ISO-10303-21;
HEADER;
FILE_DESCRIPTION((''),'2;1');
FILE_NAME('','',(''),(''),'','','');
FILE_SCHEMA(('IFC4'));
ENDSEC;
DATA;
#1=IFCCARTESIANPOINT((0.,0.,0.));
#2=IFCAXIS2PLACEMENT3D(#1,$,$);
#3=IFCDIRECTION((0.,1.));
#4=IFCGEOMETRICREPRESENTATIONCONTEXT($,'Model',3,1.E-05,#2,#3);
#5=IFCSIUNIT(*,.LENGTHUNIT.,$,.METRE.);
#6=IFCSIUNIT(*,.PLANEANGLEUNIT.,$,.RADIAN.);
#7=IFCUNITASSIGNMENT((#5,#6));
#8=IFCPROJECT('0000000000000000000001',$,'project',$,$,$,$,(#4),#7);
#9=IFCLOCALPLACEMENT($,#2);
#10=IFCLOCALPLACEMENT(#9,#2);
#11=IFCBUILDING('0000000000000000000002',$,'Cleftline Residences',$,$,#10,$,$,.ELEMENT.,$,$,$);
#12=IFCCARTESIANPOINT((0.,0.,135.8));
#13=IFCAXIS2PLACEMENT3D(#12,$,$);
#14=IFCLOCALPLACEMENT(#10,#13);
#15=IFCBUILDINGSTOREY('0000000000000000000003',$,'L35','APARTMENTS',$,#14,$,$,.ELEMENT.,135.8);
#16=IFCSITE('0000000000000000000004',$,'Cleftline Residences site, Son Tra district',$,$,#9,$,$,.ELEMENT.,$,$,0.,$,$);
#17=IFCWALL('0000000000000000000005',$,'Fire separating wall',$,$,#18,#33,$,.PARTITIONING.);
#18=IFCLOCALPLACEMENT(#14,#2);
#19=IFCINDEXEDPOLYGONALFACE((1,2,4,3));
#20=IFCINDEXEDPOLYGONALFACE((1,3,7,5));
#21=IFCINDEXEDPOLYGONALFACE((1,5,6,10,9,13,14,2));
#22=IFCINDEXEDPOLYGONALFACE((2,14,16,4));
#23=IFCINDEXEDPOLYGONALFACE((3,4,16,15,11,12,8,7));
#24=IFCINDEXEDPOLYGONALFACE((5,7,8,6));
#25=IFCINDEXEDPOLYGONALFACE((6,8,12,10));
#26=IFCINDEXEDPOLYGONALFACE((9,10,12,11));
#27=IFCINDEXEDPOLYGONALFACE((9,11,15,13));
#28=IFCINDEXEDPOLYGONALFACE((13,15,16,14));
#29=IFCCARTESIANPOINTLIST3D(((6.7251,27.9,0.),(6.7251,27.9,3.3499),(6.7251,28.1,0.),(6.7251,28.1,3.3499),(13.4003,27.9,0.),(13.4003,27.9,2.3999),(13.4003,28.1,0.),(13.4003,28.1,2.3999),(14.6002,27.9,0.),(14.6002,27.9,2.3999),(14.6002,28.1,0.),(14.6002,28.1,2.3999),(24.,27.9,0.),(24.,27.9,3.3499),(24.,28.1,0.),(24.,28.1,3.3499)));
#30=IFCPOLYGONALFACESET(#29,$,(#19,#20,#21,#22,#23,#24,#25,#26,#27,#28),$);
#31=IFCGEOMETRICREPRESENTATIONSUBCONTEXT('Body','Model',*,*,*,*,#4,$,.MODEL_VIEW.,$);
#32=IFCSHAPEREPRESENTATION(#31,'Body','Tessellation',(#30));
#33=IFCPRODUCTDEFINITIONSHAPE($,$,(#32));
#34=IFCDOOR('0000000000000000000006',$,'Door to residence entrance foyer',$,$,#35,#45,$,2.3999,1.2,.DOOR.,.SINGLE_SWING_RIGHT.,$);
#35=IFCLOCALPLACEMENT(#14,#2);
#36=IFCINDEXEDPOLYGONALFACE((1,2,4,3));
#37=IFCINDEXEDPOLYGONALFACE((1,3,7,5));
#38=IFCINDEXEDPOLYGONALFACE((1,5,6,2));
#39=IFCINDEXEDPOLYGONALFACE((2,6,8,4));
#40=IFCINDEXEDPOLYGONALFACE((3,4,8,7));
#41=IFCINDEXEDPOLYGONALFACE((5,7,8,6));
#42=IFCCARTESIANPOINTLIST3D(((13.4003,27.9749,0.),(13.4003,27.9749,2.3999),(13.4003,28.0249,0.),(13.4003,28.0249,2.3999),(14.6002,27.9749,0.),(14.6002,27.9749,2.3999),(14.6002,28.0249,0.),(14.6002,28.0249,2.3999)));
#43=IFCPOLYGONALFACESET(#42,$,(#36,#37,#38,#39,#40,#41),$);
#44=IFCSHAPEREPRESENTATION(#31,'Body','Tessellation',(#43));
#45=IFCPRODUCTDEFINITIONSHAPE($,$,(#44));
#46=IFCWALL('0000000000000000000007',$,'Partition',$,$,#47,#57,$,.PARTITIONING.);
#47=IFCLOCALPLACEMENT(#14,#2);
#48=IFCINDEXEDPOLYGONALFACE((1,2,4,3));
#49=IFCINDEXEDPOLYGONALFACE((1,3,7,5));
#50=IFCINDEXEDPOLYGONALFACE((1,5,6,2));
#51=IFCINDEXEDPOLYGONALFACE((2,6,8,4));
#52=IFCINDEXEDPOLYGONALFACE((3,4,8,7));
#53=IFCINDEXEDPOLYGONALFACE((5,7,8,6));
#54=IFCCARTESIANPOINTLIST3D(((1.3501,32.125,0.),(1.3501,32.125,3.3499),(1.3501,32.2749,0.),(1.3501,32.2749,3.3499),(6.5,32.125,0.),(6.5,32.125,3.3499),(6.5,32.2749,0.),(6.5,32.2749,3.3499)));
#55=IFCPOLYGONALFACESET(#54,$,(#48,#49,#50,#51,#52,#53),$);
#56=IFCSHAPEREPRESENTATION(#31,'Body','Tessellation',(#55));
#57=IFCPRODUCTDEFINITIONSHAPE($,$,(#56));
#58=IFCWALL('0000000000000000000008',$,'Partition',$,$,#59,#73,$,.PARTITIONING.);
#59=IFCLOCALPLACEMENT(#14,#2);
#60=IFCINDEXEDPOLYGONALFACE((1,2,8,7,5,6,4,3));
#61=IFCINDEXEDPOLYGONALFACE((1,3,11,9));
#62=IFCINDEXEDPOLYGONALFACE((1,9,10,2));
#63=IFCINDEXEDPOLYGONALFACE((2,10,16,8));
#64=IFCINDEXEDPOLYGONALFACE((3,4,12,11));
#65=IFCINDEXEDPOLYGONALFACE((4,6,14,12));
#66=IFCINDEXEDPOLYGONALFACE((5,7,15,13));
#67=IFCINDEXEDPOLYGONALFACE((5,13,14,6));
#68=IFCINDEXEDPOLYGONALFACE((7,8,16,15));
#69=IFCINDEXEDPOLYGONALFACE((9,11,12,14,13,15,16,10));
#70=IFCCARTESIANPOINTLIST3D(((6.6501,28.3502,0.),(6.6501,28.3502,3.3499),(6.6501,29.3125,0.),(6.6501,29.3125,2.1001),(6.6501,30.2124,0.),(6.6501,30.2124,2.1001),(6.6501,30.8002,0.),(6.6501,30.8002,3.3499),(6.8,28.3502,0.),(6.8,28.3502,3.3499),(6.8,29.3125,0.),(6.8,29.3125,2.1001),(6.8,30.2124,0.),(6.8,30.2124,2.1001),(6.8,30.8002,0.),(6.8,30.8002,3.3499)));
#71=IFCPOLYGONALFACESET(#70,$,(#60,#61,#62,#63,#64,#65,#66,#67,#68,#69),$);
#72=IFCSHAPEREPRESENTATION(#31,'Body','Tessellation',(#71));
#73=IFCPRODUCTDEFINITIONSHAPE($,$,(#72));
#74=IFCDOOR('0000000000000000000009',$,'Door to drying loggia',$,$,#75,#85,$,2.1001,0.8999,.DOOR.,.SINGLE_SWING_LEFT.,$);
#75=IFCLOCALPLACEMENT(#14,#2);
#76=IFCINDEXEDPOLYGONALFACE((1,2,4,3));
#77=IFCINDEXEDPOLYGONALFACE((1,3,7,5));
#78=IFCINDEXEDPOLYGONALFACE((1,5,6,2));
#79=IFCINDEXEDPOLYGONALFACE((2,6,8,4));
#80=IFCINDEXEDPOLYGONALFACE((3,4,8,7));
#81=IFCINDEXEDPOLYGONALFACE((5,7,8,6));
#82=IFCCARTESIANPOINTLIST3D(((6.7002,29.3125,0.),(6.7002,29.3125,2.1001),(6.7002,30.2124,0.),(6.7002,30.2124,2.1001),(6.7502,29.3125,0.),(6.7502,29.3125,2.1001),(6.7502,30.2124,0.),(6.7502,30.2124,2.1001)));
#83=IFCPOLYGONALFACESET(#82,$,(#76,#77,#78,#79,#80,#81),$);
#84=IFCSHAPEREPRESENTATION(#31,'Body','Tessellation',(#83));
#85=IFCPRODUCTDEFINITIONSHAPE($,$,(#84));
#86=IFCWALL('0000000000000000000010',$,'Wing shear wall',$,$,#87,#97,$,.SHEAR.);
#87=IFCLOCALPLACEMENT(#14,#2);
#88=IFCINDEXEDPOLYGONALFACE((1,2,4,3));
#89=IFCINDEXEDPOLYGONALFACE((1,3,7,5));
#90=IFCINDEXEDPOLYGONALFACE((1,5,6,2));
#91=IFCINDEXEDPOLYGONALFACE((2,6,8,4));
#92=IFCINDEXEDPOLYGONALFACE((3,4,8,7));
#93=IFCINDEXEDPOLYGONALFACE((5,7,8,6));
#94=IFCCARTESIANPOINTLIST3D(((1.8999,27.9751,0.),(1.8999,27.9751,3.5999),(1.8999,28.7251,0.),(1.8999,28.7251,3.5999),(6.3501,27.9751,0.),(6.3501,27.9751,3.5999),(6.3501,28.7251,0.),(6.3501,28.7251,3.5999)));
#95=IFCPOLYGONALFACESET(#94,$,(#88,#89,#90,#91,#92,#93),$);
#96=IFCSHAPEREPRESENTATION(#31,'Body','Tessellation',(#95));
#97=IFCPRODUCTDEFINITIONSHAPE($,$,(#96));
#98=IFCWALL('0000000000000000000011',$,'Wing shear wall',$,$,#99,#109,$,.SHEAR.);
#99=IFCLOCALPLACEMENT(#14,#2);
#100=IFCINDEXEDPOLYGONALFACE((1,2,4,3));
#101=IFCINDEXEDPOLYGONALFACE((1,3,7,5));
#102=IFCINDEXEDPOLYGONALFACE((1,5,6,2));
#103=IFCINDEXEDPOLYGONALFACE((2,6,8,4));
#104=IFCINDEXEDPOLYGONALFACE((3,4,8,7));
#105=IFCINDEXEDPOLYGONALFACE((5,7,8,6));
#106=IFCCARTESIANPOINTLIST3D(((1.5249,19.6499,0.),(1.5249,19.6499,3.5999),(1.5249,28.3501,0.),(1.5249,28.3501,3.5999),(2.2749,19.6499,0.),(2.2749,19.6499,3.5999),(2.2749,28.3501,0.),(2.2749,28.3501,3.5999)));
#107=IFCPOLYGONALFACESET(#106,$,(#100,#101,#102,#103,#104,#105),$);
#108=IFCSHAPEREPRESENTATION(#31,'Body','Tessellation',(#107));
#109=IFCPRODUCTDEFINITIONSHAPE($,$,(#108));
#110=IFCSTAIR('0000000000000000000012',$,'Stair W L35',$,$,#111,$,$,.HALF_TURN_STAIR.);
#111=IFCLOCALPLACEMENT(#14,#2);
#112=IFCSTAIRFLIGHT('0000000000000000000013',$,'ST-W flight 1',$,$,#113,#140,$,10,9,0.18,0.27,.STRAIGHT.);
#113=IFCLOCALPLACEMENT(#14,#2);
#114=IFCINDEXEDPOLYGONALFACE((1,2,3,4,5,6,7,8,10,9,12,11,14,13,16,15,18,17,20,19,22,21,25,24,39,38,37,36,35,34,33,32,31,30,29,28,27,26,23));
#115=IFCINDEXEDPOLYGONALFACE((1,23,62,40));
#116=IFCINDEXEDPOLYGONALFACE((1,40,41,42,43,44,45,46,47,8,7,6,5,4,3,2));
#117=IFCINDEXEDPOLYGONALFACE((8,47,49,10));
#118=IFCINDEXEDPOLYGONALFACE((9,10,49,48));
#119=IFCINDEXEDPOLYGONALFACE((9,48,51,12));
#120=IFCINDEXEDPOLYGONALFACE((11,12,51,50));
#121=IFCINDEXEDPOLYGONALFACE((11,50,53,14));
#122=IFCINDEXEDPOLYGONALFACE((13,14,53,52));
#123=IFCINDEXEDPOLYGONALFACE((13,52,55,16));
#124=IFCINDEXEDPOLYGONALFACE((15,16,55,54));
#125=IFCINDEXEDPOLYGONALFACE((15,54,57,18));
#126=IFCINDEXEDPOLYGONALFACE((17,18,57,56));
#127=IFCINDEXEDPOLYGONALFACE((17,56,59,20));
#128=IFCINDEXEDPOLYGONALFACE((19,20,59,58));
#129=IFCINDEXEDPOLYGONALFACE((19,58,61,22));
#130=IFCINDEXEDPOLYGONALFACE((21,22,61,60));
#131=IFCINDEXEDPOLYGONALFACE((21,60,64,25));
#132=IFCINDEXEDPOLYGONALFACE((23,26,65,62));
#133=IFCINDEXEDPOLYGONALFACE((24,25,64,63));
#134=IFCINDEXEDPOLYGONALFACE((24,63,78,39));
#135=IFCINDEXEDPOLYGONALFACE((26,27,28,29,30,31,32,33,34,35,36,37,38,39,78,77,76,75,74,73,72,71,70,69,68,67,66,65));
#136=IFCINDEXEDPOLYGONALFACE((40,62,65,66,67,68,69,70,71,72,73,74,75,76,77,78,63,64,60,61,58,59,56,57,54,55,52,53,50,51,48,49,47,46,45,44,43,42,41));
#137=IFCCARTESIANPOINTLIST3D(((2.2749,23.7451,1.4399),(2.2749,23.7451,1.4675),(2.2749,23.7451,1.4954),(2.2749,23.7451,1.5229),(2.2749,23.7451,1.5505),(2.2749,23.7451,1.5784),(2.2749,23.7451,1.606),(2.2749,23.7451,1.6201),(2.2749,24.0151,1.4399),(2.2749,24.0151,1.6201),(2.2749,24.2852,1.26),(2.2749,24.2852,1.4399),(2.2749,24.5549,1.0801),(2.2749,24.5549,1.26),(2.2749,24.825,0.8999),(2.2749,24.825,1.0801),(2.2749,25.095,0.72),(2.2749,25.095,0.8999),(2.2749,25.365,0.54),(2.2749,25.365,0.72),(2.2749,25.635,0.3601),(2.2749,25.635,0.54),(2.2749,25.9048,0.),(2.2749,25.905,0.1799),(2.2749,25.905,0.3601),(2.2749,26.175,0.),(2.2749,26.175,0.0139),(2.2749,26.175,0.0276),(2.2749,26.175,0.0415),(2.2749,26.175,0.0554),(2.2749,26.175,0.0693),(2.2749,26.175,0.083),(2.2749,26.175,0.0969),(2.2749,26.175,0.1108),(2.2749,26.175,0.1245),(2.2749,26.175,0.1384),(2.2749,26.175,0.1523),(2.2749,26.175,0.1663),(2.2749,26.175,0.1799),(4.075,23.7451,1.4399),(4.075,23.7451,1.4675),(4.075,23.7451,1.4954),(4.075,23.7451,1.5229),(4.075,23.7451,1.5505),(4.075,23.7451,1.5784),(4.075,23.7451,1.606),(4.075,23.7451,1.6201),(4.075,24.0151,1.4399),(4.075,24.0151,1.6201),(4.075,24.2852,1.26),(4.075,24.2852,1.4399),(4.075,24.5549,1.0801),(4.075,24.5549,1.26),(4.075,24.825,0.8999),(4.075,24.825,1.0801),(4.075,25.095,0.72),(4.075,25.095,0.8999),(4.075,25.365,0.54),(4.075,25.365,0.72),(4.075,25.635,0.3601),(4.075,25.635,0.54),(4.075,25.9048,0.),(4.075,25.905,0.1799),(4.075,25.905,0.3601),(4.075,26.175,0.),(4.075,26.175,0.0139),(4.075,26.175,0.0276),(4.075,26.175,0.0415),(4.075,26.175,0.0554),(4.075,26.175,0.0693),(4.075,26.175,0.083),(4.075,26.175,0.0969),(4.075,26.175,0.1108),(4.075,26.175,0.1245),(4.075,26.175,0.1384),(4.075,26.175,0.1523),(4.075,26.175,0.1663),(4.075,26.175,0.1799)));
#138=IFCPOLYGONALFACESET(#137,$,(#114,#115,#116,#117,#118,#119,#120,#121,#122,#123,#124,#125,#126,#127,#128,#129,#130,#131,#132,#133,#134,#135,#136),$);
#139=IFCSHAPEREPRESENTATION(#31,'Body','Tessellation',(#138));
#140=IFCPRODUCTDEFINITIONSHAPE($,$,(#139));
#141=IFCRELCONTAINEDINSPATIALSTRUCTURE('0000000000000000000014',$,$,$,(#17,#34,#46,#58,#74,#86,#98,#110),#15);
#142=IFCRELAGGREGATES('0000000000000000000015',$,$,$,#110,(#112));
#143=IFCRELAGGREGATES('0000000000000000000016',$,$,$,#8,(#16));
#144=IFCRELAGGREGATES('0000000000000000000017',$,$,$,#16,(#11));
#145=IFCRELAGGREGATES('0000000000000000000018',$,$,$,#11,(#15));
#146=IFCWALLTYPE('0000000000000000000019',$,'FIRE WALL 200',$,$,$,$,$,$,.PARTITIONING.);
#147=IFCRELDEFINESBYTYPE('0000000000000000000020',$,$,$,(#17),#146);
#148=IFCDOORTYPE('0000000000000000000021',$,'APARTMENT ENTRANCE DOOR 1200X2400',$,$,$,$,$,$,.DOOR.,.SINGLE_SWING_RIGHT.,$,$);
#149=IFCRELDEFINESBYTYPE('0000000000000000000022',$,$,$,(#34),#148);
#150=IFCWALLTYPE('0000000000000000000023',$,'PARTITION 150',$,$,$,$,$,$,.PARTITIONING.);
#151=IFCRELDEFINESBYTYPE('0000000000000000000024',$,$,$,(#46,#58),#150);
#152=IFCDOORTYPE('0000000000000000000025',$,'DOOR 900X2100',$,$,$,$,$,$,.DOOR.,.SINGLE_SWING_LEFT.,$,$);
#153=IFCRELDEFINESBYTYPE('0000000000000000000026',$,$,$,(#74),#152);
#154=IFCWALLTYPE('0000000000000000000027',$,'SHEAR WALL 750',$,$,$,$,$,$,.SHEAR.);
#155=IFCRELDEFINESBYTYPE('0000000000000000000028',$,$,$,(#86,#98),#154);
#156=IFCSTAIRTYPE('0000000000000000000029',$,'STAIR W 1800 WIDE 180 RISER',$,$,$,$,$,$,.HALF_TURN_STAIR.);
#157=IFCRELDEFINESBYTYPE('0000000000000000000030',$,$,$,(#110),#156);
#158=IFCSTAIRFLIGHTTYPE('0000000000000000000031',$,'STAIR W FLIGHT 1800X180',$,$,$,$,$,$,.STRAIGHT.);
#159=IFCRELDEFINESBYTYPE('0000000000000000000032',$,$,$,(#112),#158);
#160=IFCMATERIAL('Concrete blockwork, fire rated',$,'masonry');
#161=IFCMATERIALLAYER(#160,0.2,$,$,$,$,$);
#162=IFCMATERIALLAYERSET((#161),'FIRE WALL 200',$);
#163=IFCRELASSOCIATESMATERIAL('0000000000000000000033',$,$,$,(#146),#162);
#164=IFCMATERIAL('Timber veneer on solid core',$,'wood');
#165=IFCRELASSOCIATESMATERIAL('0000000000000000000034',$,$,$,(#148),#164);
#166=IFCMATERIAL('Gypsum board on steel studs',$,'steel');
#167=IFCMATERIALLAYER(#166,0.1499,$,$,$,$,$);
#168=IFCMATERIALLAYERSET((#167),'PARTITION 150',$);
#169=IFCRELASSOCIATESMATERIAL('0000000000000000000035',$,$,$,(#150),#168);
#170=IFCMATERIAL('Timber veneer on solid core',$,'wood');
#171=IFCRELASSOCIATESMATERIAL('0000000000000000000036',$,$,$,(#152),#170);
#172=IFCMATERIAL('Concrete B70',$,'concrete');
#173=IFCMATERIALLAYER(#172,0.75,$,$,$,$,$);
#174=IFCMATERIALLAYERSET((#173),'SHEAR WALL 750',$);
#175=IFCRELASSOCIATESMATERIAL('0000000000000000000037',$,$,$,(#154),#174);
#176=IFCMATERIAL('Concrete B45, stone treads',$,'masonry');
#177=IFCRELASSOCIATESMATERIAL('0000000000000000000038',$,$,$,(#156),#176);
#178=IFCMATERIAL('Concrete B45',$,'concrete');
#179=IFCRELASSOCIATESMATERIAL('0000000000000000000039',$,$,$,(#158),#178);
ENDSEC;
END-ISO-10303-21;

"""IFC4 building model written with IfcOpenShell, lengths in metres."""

from ifc_helpers import new_model, si_unit, direction, frame, frame_2d, origin, place, context, subcontext, project, spatial, polyline, rectangle, outline, extrude, material, layer, layer_set, type_object, element, fill, aggregate, save


model = new_model("IFC4")

# Units and contexts
model_context = context("Model", 3, precision=1e-05, world=origin(), true_north=direction((0.0, 1.0)))
body_context = subcontext(model_context, "Body", "Model", "MODEL_VIEW")
ifc_project = project(units=[si_unit("LENGTHUNIT", "METRE"), si_unit("PLANEANGLEUNIT", "RADIAN")], contexts=[model_context])

# Site, building, storey
site_placement = place(None, origin())
site = spatial("IfcSite", under=ifc_project, at=site_placement, Name="Cleftline Residences site, Son Tra district", CompositionType="ELEMENT", RefElevation=0.0)
building_placement = place(site_placement, origin())
building = spatial("IfcBuilding", under=site, at=building_placement, Name="Cleftline Residences", CompositionType="ELEMENT")
storey_placement = place(building_placement, frame((0.0, 0.0, 135.8)))
storey = spatial("IfcBuildingStorey", under=building, at=storey_placement, Name="L35", Description="APARTMENTS", CompositionType="ELEMENT", Elevation=135.8)

# Wall, opening, door
ifc_material_1 = material(Name="Concrete blockwork, fire rated", Category="masonry")
ifc_layer_1 = layer(ifc_material_1, 0.2)
ifc_layer_set_1 = layer_set([ifc_layer_1], Name="FIRE WALL 200")
wall_type_1 = type_object("IfcWallType", Name="FIRE WALL 200", PredefinedType="PARTITIONING", material=ifc_layer_set_1)
wall_1_placement = place(storey_placement, frame((6.7251, 28.0, 0.0), z_axis=(0.0, 0.0, 1.0), x_axis=(1.0, 0.0, 0.0)))
wall_1 = element("IfcWall", 1, at=wall_1_placement, inside=storey, type_object=wall_type_1, Name="Fire separating wall", PredefinedType="PARTITIONING", context=body_context, shape_type="SweptSolid", body=[
    extrude(rectangle(XDim=17.2749, YDim=0.2, at=frame_2d((8.6375, 0.0))), origin(), (0.0, 0.0, 1.0), 3.3499),
])
opening_1_placement = place(wall_1_placement, frame((6.675, 0.0, 0.0)))
opening_1 = element("IfcOpeningElement", 2, at=opening_1_placement, cuts=wall_1, PredefinedType="OPENING", context=body_context, shape_type="SweptSolid", body=[
    extrude(rectangle(XDim=1.2, YDim=2.3999, at=frame_2d((0.6001, 1.2))), frame((0.0, 0.1099, 0.0), z_axis=(0.0, -1.0, 0.0), x_axis=(1.0, 0.0, 0.0)), (0.0, 0.0, 1.0), 0.22),
])
ifc_material_2 = material(Name="Timber veneer on solid core", Category="wood")
door_type_1 = type_object("IfcDoorType", Name="APARTMENT ENTRANCE DOOR 1200X2400", OperationType="SINGLE_SWING_RIGHT", PredefinedType="DOOR", material=ifc_material_2)
door_1_placement = place(opening_1_placement, origin())
door_1 = element("IfcDoor", 3, at=door_1_placement, inside=storey, type_object=door_type_1, Name="Door to residence entrance foyer", OperationType="SINGLE_SWING_RIGHT", OverallHeight=2.3999, OverallWidth=1.2, PredefinedType="DOOR", context=body_context, shape_type="SweptSolid", body=[
    extrude(rectangle(XDim=1.2, YDim=2.3999, at=frame_2d((0.6001, 1.2))), frame((0.0, 0.0249, 0.0), z_axis=(0.0, -1.0, 0.0), x_axis=(1.0, 0.0, 0.0)), (0.0, 0.0, 1.0), 0.05),
])
fill(opening_1, door_1)

# Wall
ifc_material_3 = material(Name="Gypsum board on steel studs", Category="steel")
ifc_layer_2 = layer(ifc_material_3, 0.1499)
ifc_layer_set_2 = layer_set([ifc_layer_2], Name="PARTITION 150")
wall_type_2 = type_object("IfcWallType", Name="PARTITION 150", PredefinedType="PARTITIONING", material=ifc_layer_set_2)
wall_2_placement = place(storey_placement, frame((1.3501, 32.2, 0.0), z_axis=(0.0, 0.0, 1.0), x_axis=(1.0, 0.0, 0.0)))
element("IfcWall", 4, at=wall_2_placement, inside=storey, type_object=wall_type_2, Name="Partition", PredefinedType="PARTITIONING", context=body_context, shape_type="SweptSolid", body=[
    extrude(rectangle(XDim=5.1499, YDim=0.1499, at=frame_2d((2.575, 0.0))), origin(), (0.0, 0.0, 1.0), 3.3499),
])

# Wall, opening, door
wall_3_placement = place(storey_placement, frame((6.7251, 28.3501, 0.0), z_axis=(0.0, 0.0, 1.0), x_axis=(0.0, 1.0, 0.0)))
wall_3 = element("IfcWall", 5, at=wall_3_placement, inside=storey, type_object=wall_type_2, Name="Partition", PredefinedType="PARTITIONING", context=body_context, shape_type="SweptSolid", body=[
    extrude(rectangle(XDim=2.45, YDim=0.1499, at=frame_2d((1.2251, 0.0))), origin(), (0.0, 0.0, 1.0), 3.3499),
])
opening_2_placement = place(wall_3_placement, frame((0.9624, 0.0, 0.0)))
opening_2 = element("IfcOpeningElement", 6, at=opening_2_placement, cuts=wall_3, PredefinedType="OPENING", context=body_context, shape_type="SweptSolid", body=[
    extrude(rectangle(XDim=0.8999, YDim=2.1001, at=frame_2d((0.45, 1.05))), frame((0.0, 0.085, 0.0), z_axis=(0.0, -1.0, 0.0), x_axis=(1.0, 0.0, 0.0)), (0.0, 0.0, 1.0), 0.1699),
])
ifc_material_4 = material(Name="Timber veneer on solid core", Category="wood")
door_type_2 = type_object("IfcDoorType", Name="DOOR 900X2100", OperationType="SINGLE_SWING_LEFT", PredefinedType="DOOR", material=ifc_material_4)
door_2_placement = place(opening_2_placement, origin())
door_2 = element("IfcDoor", 7, at=door_2_placement, inside=storey, type_object=door_type_2, Name="Door to drying loggia", OperationType="SINGLE_SWING_LEFT", OverallHeight=2.1001, OverallWidth=0.8999, PredefinedType="DOOR", context=body_context, shape_type="SweptSolid", body=[
    extrude(rectangle(XDim=0.8999, YDim=2.1001, at=frame_2d((0.45, 1.05))), frame((0.0, 0.0249, 0.0), z_axis=(0.0, -1.0, 0.0), x_axis=(1.0, 0.0, 0.0)), (0.0, 0.0, 1.0), 0.05),
])
fill(opening_2, door_2)

# Walls
ifc_material_5 = material(Name="Concrete B70", Category="concrete")
ifc_layer_3 = layer(ifc_material_5, 0.75)
ifc_layer_set_3 = layer_set([ifc_layer_3], Name="SHEAR WALL 750")
wall_type_3 = type_object("IfcWallType", Name="SHEAR WALL 750", PredefinedType="SHEAR", material=ifc_layer_set_3)
wall_4_placement = place(storey_placement, frame((6.3501, 28.3501, 0.0), z_axis=(0.0, 0.0, 1.0), x_axis=(-1.0, 0.0, 0.0)))
element("IfcWall", 8, at=wall_4_placement, inside=storey, type_object=wall_type_3, Name="Wing shear wall", PredefinedType="SHEAR", context=body_context, shape_type="SweptSolid", body=[
    extrude(rectangle(XDim=4.4502, YDim=0.75, at=frame_2d((2.2251, 0.0))), origin(), (0.0, 0.0, 1.0), 3.5999),
])
wall_5_placement = place(storey_placement, frame((1.8999, 28.3501, 0.0), z_axis=(0.0, 0.0, 1.0), x_axis=(0.0, -1.0, 0.0)))
element("IfcWall", 9, at=wall_5_placement, inside=storey, type_object=wall_type_3, Name="Wing shear wall", PredefinedType="SHEAR", context=body_context, shape_type="SweptSolid", body=[
    extrude(rectangle(XDim=8.7002, YDim=0.75, at=frame_2d((4.3501, 0.0))), origin(), (0.0, 0.0, 1.0), 3.5999),
])

# Stair, stair flight
ifc_material_6 = material(Name="Concrete B45, stone treads", Category="masonry")
stair_type = type_object("IfcStairType", Name="STAIR W 1800 WIDE 180 RISER", PredefinedType="HALF_TURN_STAIR", material=ifc_material_6)
stair_placement = place(storey_placement, origin())
stair = element("IfcStair", 10, at=stair_placement, inside=storey, type_object=stair_type, Name="Stair W L35", PredefinedType="HALF_TURN_STAIR")
ifc_material_7 = material(Name="Concrete B45", Category="concrete")
stair_flight_type = type_object("IfcStairFlightType", Name="STAIR W FLIGHT 1800X180", PredefinedType="STRAIGHT", material=ifc_material_7)
stair_flight_1_placement = place(storey_placement, frame((3.175, 26.175, 0.0), z_axis=(0.0, 0.0, 1.0), x_axis=(0.0, -1.0, 0.0)))
stair_flight_1 = element("IfcStairFlight", 11, at=stair_flight_1_placement, type_object=stair_flight_type, Name="ST-W flight 1", NumberOfRisers=10, NumberOfTreads=9, PredefinedType="STRAIGHT", RiserHeight=0.18, TreadLength=0.27, context=body_context, shape_type="SweptSolid", body=[
    extrude(outline(polyline([(0.0, 0.0), (0.0, 0.0139), (0.0, 0.0276), (0.0, 0.0415), (0.0, 0.0554), (0.0, 0.0693), (0.0, 0.083), (0.0, 0.0969), (0.0, 0.1108), (0.0, 0.1245), (0.0, 0.1384), (0.0, 0.1523), (0.0, 0.1663), (0.0, 0.1799), (0.27, 0.1799), (0.27, 0.3601), (0.54, 0.3601), (0.54, 0.54), (0.8101, 0.54), (0.8101, 0.72), (1.0801, 0.72), (1.0801, 0.8999), (1.3501, 0.8999), (1.3501, 1.0801), (1.6201, 1.0801), (1.6201, 1.26), (1.8899, 1.26), (1.8899, 1.4399), (2.1599, 1.4399), (2.1599, 1.6201), (2.4299, 1.6201), (2.4299, 1.8), (2.4299, 1.7722), (2.4299, 1.7446), (2.4299, 1.7168), (2.4299, 1.6892), (2.4299, 1.6614), (2.4299, 1.6338), (2.4299, 1.606), (2.4299, 1.5784), (2.4299, 1.5505), (2.4299, 1.5229), (2.4299, 1.4954), (2.4299, 1.4675), (2.4299, 1.4399), (0.2703, 0.0), (0.0, 0.0)])), frame((0.0, 0.8999, 0.0), z_axis=(0.0, -1.0, 0.0), x_axis=(1.0, 0.0, 0.0)), (0.0, 0.0, 1.0), 1.8),
])
aggregate(stair, [stair_flight_1])

save(model, "model.ifc")
